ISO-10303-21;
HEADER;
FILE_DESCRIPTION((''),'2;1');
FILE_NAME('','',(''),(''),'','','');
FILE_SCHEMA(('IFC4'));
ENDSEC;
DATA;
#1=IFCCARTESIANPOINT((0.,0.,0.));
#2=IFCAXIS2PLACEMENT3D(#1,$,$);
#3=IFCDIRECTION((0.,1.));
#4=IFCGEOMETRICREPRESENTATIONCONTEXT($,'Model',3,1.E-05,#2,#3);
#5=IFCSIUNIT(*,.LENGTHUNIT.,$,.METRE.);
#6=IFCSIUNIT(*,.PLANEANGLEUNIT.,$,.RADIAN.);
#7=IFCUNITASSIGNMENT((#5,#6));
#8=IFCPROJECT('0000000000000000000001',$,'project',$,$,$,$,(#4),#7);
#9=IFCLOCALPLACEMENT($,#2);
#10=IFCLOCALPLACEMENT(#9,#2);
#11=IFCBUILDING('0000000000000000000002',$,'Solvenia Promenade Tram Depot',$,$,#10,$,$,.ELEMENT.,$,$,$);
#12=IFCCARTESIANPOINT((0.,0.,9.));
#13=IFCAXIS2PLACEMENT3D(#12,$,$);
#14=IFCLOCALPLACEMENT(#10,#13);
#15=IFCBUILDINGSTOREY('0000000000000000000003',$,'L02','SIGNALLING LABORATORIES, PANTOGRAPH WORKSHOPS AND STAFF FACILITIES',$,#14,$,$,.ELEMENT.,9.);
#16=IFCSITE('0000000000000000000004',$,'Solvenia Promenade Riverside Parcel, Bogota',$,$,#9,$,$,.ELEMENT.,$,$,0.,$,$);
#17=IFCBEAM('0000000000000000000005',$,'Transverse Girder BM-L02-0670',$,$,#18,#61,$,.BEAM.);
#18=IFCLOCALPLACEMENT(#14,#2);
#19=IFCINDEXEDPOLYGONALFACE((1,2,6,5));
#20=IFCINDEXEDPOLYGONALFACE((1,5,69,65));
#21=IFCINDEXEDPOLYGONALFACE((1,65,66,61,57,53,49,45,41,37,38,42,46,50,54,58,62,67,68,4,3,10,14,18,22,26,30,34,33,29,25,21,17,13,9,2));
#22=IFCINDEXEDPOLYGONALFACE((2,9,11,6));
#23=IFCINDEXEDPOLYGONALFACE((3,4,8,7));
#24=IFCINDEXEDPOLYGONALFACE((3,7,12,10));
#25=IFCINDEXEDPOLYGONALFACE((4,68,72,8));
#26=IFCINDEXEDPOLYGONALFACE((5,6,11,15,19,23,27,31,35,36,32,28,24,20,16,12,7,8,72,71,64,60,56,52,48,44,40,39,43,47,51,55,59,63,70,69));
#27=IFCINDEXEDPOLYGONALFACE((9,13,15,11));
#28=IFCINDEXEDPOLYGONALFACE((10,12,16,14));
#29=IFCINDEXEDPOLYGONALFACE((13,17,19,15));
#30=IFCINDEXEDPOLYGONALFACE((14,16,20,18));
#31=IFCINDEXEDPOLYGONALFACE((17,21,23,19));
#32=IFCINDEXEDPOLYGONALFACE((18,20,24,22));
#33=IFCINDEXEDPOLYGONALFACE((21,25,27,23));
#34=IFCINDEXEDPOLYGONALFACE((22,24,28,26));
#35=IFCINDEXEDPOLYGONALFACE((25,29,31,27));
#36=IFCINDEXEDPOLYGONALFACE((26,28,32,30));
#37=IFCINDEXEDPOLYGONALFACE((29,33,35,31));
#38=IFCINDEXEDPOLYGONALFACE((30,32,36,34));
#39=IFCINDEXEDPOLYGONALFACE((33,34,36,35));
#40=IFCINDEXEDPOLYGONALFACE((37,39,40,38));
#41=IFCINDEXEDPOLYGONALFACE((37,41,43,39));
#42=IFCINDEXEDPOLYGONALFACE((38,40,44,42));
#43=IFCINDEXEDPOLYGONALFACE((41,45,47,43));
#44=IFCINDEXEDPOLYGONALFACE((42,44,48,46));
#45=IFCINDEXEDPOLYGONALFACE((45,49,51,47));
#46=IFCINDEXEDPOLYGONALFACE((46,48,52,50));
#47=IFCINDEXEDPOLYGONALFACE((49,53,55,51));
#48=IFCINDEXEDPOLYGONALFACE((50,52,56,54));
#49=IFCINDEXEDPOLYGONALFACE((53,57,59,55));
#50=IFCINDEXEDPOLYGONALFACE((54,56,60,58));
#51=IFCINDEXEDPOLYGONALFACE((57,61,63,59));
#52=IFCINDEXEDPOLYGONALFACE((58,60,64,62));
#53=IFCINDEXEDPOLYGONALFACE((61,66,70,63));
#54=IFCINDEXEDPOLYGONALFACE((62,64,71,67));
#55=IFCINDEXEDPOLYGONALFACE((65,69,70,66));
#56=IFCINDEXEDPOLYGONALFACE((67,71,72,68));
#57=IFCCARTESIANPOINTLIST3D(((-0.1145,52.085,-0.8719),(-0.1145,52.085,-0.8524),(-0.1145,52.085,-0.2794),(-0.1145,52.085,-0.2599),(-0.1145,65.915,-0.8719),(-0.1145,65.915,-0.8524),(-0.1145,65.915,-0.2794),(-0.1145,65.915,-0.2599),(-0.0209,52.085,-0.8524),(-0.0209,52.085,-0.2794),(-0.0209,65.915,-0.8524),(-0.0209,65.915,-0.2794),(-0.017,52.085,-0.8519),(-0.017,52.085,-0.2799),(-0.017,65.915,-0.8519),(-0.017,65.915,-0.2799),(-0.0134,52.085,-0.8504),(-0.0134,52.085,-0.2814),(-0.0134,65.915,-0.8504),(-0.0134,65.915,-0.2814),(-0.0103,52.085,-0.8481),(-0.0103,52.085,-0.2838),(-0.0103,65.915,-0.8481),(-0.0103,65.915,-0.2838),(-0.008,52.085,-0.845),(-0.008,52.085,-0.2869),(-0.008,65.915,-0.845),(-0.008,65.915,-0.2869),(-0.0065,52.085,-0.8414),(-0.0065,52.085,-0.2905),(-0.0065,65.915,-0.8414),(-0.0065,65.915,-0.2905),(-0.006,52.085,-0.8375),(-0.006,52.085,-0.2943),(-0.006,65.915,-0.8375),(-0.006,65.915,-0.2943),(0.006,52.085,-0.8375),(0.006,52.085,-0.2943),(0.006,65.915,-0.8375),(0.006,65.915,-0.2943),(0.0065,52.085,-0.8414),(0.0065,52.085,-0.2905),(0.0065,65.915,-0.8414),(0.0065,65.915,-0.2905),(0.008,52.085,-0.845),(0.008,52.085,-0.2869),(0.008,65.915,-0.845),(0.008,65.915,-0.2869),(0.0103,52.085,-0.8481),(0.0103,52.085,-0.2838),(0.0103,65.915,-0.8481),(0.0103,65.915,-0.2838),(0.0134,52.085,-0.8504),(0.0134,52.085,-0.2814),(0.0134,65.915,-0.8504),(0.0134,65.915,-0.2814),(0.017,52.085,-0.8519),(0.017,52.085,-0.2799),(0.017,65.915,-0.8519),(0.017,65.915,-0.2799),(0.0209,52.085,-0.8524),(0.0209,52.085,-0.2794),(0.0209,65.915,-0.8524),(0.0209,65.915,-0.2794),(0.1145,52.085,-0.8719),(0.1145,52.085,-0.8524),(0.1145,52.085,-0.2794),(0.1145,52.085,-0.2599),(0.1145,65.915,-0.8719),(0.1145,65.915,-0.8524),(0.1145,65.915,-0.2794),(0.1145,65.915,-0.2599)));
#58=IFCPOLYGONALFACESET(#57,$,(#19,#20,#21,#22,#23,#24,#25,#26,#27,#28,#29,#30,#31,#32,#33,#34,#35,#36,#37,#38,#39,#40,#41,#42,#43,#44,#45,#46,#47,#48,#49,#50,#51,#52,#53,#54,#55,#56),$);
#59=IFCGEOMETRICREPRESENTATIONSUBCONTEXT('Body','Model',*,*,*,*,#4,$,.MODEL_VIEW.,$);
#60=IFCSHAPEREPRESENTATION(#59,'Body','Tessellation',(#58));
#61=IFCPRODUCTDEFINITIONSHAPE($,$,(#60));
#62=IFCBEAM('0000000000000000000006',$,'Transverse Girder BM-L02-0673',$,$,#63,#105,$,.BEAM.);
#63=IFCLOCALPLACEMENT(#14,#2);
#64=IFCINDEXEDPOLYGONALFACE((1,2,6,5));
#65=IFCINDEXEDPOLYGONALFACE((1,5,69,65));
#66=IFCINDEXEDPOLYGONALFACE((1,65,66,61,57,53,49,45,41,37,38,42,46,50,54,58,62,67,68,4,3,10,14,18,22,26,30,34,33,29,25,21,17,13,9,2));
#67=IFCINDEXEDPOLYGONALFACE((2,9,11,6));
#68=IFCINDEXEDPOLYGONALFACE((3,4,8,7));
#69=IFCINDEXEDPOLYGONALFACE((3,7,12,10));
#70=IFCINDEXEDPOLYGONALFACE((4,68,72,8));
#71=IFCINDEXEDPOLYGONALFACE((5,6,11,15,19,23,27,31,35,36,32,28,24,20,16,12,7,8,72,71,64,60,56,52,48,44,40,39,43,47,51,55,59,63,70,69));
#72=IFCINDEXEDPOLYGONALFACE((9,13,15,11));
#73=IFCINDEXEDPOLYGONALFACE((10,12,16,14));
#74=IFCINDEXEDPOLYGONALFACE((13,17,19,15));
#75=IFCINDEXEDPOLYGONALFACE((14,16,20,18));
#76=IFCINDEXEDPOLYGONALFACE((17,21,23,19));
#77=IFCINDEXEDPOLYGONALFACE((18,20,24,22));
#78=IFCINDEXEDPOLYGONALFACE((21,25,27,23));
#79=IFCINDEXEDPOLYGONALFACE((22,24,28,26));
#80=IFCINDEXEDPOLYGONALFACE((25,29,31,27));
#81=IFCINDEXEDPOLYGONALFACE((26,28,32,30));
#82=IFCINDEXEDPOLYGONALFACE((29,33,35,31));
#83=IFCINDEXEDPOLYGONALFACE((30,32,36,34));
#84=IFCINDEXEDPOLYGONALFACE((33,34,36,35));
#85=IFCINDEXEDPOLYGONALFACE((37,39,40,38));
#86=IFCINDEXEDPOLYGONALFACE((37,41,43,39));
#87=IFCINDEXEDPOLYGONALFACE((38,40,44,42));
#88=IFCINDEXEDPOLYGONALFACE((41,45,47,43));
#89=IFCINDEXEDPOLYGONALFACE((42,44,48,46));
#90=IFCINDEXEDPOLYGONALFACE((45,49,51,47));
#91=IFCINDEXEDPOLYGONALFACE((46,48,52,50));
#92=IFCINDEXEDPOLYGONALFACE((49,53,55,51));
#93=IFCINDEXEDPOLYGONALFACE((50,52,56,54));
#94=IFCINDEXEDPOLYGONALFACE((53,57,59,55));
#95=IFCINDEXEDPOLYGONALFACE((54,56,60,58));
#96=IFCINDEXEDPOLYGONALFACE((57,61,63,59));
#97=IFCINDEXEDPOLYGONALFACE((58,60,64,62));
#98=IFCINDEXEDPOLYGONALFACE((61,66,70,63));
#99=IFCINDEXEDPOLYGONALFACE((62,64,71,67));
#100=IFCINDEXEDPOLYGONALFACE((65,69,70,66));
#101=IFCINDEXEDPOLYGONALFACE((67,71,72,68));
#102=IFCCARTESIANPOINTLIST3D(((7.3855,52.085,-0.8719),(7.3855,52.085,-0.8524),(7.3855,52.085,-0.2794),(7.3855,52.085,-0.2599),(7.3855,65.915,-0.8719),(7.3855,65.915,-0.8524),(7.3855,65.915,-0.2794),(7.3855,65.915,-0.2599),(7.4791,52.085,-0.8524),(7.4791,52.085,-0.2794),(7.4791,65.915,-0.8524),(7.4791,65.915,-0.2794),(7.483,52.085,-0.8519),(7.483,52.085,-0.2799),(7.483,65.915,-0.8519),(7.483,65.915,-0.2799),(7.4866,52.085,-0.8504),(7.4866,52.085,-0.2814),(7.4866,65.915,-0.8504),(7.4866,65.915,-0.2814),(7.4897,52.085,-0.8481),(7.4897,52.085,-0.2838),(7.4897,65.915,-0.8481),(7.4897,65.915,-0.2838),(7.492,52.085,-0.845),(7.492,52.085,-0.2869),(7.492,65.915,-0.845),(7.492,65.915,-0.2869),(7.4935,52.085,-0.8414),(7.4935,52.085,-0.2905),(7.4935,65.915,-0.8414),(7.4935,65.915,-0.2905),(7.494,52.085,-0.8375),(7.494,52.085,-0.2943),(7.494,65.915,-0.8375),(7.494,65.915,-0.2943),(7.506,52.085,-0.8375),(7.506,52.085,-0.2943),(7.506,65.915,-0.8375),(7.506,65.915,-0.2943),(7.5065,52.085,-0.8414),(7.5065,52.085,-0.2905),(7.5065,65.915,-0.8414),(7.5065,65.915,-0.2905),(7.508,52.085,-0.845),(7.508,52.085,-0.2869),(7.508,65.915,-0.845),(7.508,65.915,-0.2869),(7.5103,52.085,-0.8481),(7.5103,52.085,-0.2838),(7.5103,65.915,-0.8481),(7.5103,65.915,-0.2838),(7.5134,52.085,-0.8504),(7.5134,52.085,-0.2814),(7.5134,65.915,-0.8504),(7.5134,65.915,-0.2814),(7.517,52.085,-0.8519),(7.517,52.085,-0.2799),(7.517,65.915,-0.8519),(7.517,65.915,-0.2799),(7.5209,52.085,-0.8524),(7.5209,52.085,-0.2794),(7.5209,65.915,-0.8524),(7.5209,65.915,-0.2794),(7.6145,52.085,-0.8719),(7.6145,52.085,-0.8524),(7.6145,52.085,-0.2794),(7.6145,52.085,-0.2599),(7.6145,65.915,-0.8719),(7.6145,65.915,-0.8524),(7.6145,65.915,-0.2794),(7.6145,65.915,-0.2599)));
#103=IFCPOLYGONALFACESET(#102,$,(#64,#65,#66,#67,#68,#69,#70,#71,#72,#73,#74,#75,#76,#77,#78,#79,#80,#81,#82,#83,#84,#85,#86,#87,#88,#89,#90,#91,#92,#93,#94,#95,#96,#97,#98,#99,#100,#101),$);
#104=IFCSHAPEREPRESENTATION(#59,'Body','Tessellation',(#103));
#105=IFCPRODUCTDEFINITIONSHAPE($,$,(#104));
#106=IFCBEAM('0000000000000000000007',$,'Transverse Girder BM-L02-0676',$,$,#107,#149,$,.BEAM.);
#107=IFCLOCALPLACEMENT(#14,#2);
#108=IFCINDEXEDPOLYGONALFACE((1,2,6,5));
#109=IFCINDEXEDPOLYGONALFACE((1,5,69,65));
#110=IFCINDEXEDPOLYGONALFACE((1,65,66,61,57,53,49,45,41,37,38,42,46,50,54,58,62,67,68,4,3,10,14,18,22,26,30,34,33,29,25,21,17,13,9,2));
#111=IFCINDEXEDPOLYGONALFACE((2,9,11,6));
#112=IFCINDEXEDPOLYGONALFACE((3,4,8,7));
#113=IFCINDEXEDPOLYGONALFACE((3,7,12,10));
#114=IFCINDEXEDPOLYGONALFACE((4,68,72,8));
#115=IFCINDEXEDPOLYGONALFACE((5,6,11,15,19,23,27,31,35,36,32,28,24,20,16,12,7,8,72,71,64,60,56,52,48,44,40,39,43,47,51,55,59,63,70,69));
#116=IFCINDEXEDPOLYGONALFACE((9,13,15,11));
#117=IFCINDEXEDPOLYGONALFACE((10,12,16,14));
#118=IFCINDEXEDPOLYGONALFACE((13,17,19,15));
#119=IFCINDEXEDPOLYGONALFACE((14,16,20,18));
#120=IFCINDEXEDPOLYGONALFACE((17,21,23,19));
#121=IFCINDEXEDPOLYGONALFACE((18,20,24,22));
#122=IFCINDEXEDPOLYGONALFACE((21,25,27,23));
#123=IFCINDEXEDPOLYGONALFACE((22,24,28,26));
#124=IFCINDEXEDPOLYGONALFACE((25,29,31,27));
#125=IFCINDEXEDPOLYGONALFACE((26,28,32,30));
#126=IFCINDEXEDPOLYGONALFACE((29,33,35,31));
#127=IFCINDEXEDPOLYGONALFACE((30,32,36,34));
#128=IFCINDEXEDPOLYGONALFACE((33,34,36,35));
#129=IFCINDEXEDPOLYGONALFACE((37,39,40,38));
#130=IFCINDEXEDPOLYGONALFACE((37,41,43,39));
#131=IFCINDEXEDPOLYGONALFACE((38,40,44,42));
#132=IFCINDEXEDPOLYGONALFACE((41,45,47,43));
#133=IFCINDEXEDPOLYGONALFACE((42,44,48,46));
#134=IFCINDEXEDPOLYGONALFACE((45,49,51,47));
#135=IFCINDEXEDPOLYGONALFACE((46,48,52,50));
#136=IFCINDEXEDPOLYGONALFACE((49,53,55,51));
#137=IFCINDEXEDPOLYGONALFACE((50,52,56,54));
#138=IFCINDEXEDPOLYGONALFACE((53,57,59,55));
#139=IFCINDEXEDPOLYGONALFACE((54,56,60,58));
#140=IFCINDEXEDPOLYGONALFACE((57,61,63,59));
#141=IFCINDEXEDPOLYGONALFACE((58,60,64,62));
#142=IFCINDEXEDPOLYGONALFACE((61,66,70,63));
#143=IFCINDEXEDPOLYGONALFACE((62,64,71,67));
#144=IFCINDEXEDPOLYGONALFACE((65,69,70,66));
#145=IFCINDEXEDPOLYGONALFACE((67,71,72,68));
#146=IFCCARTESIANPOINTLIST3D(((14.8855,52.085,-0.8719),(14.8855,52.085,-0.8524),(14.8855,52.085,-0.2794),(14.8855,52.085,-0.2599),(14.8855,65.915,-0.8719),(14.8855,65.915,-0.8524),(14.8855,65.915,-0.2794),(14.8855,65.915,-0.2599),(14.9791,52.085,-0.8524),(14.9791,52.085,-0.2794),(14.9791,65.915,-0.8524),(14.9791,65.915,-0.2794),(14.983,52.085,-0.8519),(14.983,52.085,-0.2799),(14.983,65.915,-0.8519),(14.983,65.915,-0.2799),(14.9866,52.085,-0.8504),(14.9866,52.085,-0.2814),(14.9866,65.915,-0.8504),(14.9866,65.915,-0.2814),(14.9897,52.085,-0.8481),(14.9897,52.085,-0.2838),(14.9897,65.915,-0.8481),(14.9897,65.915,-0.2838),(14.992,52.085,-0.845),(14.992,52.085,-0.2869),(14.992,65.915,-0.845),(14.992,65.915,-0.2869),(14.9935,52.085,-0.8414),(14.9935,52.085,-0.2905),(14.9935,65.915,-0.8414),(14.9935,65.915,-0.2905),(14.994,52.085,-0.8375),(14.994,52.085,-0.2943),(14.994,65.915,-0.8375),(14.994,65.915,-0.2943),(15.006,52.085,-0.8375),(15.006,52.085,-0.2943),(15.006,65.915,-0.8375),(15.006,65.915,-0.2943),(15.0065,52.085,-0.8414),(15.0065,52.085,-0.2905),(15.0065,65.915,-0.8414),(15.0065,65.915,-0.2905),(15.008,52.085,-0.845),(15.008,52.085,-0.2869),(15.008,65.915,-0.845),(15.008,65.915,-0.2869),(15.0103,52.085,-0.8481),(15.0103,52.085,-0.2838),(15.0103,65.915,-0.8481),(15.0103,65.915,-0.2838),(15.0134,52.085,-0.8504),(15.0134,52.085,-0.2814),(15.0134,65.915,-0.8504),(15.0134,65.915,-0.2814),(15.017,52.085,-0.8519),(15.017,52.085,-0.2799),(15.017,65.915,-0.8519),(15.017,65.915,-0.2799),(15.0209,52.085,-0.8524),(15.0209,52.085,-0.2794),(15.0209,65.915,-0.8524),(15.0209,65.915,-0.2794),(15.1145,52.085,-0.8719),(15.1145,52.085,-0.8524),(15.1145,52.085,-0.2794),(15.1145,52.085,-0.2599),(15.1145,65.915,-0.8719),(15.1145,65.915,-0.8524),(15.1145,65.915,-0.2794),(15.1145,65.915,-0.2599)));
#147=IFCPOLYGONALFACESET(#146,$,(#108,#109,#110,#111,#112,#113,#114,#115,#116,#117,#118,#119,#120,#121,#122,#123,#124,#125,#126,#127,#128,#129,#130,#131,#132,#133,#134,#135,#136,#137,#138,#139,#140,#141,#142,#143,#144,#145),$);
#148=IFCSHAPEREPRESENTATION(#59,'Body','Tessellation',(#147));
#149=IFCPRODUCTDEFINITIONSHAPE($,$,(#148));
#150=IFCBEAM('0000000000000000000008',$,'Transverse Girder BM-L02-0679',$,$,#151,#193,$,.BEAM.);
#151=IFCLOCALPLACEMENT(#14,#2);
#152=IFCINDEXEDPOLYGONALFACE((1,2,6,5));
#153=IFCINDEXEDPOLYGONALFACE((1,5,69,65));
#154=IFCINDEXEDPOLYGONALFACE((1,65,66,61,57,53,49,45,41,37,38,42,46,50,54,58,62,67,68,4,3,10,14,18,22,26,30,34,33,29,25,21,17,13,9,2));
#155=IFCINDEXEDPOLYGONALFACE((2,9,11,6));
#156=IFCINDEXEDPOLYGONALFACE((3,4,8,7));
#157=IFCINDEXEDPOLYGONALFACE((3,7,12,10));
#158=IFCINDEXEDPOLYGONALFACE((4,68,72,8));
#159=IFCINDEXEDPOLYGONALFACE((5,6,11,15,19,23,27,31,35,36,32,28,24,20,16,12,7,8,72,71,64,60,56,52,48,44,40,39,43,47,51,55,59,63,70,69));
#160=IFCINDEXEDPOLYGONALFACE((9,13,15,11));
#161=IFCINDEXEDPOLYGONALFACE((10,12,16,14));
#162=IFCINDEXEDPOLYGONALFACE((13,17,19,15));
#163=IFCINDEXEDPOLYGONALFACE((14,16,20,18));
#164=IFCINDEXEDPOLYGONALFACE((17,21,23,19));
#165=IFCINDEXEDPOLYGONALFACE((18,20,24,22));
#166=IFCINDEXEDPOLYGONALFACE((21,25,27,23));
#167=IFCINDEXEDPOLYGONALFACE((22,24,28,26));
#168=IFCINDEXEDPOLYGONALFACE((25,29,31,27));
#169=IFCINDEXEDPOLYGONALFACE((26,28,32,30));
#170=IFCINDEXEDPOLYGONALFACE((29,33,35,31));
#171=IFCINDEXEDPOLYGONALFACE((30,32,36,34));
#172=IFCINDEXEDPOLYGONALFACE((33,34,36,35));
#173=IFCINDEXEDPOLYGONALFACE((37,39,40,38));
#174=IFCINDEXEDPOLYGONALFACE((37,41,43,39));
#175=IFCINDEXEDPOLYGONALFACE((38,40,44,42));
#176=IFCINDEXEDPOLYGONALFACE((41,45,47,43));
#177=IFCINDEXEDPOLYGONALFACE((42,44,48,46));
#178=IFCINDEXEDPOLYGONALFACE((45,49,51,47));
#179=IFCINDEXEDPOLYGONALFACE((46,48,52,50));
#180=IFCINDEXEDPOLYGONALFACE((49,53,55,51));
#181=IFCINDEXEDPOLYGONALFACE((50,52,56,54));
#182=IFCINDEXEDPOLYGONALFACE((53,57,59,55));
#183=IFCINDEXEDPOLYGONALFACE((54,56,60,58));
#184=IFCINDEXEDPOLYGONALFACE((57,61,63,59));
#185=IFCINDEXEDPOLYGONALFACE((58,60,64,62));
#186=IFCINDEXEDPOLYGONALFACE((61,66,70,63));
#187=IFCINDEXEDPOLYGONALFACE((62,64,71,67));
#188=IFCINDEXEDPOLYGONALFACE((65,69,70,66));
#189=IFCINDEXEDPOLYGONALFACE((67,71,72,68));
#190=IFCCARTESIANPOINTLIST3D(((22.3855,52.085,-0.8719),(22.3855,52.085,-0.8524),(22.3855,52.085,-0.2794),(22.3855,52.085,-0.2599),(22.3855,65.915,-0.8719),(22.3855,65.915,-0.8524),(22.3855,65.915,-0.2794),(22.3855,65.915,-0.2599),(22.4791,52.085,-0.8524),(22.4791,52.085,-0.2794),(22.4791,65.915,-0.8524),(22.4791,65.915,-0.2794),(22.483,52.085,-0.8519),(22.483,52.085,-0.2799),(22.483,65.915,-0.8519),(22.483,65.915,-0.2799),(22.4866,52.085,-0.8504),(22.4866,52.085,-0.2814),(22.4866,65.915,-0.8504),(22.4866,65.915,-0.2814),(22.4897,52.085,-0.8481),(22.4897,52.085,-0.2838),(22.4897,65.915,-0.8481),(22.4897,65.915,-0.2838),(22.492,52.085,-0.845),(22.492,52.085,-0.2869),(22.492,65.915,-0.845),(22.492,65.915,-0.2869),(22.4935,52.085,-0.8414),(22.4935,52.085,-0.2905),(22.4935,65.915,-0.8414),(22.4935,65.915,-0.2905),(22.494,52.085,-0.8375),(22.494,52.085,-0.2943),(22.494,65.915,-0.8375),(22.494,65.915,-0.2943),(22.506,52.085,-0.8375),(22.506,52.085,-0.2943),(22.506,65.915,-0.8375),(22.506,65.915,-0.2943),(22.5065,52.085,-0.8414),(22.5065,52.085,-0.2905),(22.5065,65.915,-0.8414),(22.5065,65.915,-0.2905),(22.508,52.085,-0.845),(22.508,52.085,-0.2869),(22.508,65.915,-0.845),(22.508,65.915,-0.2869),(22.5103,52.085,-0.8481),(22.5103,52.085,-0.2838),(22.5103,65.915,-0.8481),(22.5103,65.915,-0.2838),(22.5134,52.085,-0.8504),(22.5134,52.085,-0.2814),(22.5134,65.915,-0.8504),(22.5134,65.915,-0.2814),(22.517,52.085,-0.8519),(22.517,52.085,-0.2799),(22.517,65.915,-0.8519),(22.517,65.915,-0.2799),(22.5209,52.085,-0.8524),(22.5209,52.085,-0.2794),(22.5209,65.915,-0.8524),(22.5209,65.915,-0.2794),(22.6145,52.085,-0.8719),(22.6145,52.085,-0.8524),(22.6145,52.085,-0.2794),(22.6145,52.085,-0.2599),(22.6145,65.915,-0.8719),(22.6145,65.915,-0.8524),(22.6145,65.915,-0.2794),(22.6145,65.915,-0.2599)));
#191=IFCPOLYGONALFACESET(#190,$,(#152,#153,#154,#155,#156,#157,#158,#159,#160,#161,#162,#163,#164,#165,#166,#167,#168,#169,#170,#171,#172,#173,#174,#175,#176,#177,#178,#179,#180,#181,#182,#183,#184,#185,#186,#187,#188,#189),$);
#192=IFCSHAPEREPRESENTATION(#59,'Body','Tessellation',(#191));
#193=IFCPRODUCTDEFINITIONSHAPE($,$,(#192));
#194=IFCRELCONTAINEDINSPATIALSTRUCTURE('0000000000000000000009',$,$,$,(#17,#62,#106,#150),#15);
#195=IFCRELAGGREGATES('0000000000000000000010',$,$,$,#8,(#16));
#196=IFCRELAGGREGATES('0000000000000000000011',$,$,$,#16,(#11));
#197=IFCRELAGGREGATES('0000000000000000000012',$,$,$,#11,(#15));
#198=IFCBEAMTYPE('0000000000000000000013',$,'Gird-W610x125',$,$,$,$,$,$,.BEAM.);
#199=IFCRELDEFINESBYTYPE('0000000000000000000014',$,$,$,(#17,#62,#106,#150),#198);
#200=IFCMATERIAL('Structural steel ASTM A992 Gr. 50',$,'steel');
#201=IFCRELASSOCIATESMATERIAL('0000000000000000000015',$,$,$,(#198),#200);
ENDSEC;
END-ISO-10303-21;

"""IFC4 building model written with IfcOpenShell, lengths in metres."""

from ifc_helpers import new_model, si_unit, direction, frame, origin, origin_2d, place, context, subcontext, project, spatial, i_section, extrude, material, material_profile, profile_set, type_object, element, save


model = new_model("IFC4")

# Units and contexts
model_context = context("Model", 3, precision=1e-05, world=origin(), true_north=direction((0.0, 1.0)))
body_context = subcontext(model_context, "Body", "Model", "MODEL_VIEW")
ifc_project = project(units=[si_unit("LENGTHUNIT", "METRE"), si_unit("PLANEANGLEUNIT", "RADIAN")], contexts=[model_context])

# Site, building, storey
site_placement = place(None, origin())
site = spatial("IfcSite", under=ifc_project, at=site_placement, Name="Solvenia Promenade Riverside Parcel, Bogota", CompositionType="ELEMENT", RefElevation=0.0)
building_placement = place(site_placement, origin())
building = spatial("IfcBuilding", under=site, at=building_placement, Name="Solvenia Promenade Tram Depot", CompositionType="ELEMENT")
storey_placement = place(building_placement, frame((0.0, 0.0, 9.0)))
storey = spatial("IfcBuildingStorey", under=building, at=storey_placement, Name="L02", Description="SIGNALLING LABORATORIES, PANTOGRAPH WORKSHOPS AND STAFF FACILITIES", CompositionType="ELEMENT", Elevation=9.0)

# Beams
ifc_material = material(Name="Structural steel ASTM A992 Gr. 50", Category="steel")
ifc_material_profile_1 = material_profile(ifc_material, i_section(OverallWidth=0.229, OverallDepth=0.6121, WebThickness=0.012, FlangeThickness=0.0195, FilletRadius=0.0149, at=origin_2d()), Name="W610x125", Category="steel")
ifc_profile_set_1 = profile_set([ifc_material_profile_1], Name="Structural steel ASTM A992 Gr. 50")
beam_type_1 = type_object("IfcBeamType", Name="Gird-W610x125", PredefinedType="BEAM", material=ifc_profile_set_1)
for number, where, z_axis, x_axis, name in (
    (1, (0.0, 52.085, -0.5659), (0.0, 1.0, 0.0), (-1.0, 0.0, 0.0), "Transverse Girder BM-L02-0670"),
    (2, (7.5, 52.085, -0.5659), (0.0, 1.0, 0.0), (-1.0, 0.0, 0.0), "Transverse Girder BM-L02-0673"),
    (3, (15.0, 52.085, -0.5659), (0.0, 1.0, 0.0), (-1.0, 0.0, 0.0), "Transverse Girder BM-L02-0676"),
    (4, (22.5, 52.085, -0.5659), (0.0, 1.0, 0.0), (-1.0, 0.0, 0.0), "Transverse Girder BM-L02-0679"),
):
    element("IfcBeam", number, at=place(storey_placement, frame(where, z_axis=z_axis, x_axis=x_axis)), inside=storey, type_object=beam_type_1, Name=name, PredefinedType="BEAM", context=body_context, shape_type="SweptSolid", body=[
        extrude(i_section(OverallWidth=0.229, OverallDepth=0.6121, WebThickness=0.012, FlangeThickness=0.0195, FilletRadius=0.0149, at=origin_2d()), origin(), (0.0, 0.0, 1.0), 13.8301),
    ])

save(model, "model.ifc")
